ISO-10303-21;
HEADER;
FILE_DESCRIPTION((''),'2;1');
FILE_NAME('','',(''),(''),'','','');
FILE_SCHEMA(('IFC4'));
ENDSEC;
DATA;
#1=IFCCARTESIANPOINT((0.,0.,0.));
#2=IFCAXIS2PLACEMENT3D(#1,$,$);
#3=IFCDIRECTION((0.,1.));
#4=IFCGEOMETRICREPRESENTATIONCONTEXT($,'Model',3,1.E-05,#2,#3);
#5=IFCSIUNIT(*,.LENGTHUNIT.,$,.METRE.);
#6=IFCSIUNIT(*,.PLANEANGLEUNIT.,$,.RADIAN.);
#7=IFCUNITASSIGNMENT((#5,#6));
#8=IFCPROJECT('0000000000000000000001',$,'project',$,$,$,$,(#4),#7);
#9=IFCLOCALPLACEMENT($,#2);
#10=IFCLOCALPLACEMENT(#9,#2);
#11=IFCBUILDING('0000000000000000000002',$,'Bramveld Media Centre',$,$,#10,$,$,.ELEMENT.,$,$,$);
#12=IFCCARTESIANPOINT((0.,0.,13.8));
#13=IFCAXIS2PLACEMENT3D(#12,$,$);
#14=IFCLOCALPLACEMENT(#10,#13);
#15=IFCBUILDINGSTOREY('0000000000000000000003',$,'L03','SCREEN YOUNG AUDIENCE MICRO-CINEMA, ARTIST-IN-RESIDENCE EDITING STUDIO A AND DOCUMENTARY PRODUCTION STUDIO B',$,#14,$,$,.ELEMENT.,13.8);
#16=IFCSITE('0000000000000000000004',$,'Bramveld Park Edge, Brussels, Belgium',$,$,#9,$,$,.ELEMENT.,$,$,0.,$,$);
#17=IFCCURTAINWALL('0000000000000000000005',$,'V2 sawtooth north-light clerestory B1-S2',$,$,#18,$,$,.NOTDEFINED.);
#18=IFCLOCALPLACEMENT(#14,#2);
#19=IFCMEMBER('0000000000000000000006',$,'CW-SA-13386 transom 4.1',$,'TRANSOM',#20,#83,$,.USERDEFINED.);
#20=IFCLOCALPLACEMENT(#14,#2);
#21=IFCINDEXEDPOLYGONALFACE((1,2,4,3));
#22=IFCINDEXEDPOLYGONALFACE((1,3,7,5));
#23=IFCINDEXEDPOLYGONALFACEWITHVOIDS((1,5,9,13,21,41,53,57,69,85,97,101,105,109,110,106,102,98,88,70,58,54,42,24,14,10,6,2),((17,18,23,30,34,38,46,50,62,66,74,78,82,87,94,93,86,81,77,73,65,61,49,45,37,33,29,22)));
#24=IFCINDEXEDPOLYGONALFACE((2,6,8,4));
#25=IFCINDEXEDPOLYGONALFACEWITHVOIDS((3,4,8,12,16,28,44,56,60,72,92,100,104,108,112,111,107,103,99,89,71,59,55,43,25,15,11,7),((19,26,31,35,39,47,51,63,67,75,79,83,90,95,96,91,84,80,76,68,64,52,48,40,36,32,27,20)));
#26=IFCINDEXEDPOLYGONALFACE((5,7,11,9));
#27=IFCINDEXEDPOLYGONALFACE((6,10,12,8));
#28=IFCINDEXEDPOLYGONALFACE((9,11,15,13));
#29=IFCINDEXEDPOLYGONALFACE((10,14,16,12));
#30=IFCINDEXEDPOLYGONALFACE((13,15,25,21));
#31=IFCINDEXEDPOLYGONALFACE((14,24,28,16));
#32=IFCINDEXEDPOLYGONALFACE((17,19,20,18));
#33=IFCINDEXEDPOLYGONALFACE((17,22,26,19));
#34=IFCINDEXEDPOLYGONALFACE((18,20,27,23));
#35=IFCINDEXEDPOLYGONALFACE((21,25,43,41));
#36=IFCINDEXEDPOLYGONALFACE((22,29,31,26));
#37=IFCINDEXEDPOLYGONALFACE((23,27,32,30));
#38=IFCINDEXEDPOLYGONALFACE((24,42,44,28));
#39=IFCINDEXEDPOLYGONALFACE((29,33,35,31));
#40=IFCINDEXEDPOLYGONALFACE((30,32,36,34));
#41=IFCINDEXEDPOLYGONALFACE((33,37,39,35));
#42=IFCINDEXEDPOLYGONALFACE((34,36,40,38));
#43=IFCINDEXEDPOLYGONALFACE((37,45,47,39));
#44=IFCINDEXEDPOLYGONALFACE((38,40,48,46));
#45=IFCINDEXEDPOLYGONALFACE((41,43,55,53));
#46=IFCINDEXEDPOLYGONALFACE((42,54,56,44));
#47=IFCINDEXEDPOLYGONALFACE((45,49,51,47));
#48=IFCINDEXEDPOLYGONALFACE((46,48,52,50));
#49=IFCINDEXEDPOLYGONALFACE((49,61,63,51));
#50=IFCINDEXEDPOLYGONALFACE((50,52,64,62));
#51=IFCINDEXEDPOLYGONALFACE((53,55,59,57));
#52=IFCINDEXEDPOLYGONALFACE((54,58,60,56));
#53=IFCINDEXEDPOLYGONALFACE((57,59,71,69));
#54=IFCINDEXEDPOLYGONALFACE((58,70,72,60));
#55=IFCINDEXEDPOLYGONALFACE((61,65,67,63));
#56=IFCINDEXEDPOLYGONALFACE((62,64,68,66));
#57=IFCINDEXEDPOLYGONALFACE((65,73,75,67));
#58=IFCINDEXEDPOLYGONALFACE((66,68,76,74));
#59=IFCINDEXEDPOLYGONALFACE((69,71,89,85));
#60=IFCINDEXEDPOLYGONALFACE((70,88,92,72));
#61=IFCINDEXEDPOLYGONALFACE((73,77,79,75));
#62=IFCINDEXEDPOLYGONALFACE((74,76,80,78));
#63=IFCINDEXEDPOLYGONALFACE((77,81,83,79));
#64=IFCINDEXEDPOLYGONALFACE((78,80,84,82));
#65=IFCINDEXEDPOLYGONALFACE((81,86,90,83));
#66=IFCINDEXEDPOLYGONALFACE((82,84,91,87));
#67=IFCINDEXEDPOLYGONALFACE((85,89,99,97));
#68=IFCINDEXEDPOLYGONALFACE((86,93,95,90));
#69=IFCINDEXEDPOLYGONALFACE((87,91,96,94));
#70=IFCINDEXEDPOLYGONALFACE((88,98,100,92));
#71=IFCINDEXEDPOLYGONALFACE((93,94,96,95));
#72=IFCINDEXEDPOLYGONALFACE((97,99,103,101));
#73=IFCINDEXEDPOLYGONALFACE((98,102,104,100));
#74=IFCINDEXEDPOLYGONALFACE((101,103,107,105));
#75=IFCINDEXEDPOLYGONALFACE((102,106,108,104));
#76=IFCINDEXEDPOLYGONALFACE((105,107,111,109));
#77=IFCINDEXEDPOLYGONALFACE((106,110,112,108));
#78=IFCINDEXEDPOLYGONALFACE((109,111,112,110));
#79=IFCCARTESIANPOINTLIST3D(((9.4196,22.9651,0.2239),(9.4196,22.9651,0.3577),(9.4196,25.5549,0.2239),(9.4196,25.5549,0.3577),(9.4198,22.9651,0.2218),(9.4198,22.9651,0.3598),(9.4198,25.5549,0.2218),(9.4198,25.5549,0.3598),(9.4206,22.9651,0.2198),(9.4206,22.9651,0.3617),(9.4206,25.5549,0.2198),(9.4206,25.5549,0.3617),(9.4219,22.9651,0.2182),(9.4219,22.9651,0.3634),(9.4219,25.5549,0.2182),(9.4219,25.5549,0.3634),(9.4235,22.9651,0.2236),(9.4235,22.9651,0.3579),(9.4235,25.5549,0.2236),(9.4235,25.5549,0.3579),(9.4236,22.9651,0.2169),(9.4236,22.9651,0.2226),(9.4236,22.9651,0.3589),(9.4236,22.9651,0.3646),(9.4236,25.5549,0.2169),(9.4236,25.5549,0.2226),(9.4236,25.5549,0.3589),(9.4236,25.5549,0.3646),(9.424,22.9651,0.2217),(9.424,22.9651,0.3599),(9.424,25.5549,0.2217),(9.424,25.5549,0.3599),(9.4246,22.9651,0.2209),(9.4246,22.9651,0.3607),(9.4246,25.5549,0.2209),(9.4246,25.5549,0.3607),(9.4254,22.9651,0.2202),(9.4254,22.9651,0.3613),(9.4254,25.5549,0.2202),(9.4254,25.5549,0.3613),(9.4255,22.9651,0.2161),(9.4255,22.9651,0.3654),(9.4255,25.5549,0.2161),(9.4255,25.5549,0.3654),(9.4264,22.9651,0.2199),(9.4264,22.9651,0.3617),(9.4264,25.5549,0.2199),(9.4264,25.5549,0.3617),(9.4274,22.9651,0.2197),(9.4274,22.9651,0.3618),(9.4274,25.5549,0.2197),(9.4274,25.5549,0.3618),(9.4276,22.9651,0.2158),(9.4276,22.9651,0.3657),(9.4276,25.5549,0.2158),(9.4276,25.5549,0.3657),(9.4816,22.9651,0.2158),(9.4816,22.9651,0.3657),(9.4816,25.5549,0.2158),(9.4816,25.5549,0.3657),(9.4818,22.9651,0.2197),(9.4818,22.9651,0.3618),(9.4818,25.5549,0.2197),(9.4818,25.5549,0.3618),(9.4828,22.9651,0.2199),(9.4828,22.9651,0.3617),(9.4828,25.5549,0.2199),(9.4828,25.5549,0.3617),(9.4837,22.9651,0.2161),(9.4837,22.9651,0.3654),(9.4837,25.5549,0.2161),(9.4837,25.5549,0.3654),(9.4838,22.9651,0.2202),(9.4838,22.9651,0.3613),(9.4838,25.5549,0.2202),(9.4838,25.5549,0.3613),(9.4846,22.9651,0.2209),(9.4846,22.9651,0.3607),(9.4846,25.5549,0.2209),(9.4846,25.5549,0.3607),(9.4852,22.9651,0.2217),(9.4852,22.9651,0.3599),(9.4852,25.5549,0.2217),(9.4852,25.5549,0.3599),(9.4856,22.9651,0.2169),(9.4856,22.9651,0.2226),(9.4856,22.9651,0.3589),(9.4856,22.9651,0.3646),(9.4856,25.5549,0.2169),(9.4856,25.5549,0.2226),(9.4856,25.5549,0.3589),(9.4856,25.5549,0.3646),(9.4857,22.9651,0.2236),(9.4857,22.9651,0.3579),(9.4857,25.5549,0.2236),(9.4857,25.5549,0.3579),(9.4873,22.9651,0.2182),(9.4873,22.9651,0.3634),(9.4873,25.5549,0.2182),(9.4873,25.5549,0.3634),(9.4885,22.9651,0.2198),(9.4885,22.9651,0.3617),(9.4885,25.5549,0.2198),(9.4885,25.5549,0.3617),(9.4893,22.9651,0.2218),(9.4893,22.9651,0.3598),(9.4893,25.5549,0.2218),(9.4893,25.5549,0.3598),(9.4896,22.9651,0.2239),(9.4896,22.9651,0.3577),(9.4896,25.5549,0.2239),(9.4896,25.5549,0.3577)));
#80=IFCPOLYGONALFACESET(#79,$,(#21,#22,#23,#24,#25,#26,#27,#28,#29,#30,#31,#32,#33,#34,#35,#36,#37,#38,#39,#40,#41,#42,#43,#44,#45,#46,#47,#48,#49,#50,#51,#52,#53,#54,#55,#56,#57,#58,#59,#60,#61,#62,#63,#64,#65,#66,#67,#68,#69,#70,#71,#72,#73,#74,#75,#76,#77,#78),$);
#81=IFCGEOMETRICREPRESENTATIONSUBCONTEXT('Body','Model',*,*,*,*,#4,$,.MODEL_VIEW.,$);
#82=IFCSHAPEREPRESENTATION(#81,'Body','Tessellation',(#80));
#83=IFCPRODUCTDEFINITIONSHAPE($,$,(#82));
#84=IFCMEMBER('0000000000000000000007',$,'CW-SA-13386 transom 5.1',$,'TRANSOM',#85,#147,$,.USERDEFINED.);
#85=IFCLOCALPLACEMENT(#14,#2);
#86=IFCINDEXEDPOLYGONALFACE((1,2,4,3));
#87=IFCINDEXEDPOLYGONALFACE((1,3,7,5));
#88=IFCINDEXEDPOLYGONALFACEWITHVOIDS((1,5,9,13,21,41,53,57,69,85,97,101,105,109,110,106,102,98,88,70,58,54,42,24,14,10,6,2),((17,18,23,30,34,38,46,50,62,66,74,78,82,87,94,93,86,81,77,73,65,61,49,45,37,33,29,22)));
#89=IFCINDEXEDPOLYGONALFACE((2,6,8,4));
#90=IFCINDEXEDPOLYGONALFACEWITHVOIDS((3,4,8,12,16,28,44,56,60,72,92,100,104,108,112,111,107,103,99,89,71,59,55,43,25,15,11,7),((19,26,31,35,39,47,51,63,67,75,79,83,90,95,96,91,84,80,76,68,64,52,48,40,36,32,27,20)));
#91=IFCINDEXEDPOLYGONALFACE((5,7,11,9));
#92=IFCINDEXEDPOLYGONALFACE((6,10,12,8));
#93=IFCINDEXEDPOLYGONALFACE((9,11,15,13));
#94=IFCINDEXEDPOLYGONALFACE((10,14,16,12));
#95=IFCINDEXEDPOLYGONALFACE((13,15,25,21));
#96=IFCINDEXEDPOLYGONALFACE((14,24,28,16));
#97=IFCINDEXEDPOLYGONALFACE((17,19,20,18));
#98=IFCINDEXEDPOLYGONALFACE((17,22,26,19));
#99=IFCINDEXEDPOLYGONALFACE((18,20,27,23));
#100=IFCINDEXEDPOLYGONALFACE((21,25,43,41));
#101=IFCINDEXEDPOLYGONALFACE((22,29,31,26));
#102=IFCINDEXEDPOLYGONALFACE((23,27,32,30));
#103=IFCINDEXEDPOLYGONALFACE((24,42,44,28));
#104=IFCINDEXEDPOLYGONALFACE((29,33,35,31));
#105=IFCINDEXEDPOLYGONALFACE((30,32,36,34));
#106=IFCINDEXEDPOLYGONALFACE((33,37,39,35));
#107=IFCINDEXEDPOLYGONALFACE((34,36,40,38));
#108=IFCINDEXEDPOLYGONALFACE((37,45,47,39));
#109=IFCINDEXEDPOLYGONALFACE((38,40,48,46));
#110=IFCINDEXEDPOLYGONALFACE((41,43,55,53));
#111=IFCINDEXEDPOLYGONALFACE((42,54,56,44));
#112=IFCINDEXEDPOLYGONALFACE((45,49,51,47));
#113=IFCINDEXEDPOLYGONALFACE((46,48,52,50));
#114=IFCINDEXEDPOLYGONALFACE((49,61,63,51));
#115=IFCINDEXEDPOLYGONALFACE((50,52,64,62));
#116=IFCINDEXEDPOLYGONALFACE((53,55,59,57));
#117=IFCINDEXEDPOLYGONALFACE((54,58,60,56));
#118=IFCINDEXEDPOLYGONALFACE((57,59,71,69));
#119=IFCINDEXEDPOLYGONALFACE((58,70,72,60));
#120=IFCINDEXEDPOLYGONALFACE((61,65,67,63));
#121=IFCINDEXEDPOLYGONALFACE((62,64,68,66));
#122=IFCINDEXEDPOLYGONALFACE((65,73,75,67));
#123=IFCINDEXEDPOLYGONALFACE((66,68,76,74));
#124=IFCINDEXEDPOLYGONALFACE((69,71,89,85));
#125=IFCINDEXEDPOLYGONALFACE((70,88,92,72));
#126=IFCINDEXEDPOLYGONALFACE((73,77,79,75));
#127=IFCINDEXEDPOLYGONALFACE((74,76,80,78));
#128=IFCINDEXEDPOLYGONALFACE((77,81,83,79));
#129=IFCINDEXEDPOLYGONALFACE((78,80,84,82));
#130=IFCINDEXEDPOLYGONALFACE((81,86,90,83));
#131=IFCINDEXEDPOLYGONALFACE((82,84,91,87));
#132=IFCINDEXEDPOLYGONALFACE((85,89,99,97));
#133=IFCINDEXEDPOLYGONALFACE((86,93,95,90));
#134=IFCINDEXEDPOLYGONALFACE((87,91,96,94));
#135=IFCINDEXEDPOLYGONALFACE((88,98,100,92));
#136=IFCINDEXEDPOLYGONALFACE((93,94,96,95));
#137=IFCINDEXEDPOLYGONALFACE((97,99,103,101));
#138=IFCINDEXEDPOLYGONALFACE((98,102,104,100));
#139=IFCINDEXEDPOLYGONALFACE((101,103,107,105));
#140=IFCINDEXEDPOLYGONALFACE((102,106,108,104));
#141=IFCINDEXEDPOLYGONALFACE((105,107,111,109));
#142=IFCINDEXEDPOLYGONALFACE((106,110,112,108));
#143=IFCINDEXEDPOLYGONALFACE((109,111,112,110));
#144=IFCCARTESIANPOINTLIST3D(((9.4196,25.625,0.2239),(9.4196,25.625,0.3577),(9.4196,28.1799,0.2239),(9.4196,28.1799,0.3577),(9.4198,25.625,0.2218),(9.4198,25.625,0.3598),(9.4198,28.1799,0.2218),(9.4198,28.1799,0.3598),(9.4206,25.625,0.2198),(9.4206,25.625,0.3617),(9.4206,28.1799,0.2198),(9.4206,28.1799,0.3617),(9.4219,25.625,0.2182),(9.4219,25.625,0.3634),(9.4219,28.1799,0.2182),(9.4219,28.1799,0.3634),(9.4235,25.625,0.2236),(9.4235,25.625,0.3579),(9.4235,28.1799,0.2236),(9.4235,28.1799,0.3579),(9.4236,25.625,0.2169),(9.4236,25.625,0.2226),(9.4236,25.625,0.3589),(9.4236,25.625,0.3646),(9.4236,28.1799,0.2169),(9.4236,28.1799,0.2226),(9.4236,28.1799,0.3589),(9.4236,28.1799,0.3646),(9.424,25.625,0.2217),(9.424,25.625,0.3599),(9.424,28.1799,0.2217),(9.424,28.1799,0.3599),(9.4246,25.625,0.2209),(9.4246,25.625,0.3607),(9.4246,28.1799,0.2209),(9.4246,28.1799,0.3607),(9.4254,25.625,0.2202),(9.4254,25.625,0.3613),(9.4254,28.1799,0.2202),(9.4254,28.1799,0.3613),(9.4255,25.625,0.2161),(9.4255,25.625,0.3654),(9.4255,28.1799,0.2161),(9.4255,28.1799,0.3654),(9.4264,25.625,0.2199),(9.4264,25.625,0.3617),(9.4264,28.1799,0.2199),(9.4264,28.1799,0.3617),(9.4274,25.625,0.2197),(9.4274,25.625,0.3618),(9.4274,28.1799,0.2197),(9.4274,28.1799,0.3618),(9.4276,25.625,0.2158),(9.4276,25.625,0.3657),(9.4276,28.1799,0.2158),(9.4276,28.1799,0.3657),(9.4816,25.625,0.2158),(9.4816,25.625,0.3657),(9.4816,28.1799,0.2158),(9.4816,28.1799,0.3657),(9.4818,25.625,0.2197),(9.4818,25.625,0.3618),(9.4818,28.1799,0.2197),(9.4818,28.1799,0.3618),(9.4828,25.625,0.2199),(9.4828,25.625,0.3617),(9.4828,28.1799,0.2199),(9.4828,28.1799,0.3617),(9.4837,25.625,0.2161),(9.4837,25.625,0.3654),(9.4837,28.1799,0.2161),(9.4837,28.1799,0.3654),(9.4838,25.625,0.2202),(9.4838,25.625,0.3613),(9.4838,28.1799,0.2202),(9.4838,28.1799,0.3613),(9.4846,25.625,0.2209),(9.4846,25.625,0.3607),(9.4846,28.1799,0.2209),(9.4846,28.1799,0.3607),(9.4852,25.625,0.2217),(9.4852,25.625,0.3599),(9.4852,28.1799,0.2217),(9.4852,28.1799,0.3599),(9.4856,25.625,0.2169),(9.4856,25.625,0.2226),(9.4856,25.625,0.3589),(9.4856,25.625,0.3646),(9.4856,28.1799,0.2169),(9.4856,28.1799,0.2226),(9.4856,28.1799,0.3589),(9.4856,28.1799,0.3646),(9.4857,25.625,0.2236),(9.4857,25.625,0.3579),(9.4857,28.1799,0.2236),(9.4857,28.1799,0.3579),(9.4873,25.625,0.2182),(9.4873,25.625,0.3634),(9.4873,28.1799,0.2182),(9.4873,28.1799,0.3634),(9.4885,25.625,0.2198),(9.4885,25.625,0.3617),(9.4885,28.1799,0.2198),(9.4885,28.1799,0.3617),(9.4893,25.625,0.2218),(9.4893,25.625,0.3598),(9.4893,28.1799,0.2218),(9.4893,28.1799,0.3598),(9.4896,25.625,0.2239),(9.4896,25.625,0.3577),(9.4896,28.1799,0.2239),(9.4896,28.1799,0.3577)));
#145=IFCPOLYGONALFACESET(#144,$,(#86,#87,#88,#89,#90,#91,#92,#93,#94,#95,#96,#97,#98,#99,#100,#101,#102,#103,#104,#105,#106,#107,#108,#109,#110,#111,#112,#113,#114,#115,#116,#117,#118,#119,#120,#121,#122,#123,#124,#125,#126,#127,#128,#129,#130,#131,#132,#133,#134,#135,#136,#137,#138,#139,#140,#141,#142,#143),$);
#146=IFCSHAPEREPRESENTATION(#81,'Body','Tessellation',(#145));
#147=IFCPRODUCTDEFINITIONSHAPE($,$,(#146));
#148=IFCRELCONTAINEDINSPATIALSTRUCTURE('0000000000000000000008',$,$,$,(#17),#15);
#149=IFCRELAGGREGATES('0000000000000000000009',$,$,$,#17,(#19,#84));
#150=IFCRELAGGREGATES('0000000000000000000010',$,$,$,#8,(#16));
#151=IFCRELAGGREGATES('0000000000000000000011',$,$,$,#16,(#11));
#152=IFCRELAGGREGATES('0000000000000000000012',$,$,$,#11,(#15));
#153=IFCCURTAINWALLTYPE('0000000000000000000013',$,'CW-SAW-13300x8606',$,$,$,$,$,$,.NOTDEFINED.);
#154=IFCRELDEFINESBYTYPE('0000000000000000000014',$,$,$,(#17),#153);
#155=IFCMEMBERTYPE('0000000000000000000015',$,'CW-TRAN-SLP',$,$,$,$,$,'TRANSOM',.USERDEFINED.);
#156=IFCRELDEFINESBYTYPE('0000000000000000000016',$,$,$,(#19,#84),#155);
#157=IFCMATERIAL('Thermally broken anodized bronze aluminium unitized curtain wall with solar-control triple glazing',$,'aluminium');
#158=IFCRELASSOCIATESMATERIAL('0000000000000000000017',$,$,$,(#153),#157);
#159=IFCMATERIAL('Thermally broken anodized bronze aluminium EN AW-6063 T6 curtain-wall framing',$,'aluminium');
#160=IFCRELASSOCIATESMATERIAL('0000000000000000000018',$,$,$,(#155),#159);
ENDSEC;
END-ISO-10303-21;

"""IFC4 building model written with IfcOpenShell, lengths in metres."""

from ifc_helpers import new_model, si_unit, direction, frame, origin, origin_2d, place, context, subcontext, project, spatial, hollow_rectangle, extrude, material, material_profile, profile_set, type_object, element, aggregate, save


model = new_model("IFC4")

# Units and contexts
model_context = context("Model", 3, precision=1e-05, world=origin(), true_north=direction((0.0, 1.0)))
body_context = subcontext(model_context, "Body", "Model", "MODEL_VIEW")
ifc_project = project(units=[si_unit("LENGTHUNIT", "METRE"), si_unit("PLANEANGLEUNIT", "RADIAN")], contexts=[model_context])

# Site, building, storey
site_placement = place(None, origin())
site = spatial("IfcSite", under=ifc_project, at=site_placement, Name="Bramveld Park Edge, Brussels, Belgium", CompositionType="ELEMENT", RefElevation=0.0)
building_placement = place(site_placement, origin())
building = spatial("IfcBuilding", under=site, at=building_placement, Name="Bramveld Media Centre", CompositionType="ELEMENT")
storey_placement = place(building_placement, frame((0.0, 0.0, 13.8)))
storey = spatial("IfcBuildingStorey", under=building, at=storey_placement, Name="L03", Description="SCREEN YOUNG AUDIENCE MICRO-CINEMA, ARTIST-IN-RESIDENCE EDITING STUDIO A AND DOCUMENTARY PRODUCTION STUDIO B", CompositionType="ELEMENT", Elevation=13.8)

# Curtain wall, members
ifc_material_1 = material(Name="Thermally broken anodized bronze aluminium unitized curtain wall with solar-control triple glazing", Category="aluminium")
curtain_wall_type = type_object("IfcCurtainWallType", Name="CW-SAW-13300x8606", PredefinedType="NOTDEFINED", material=ifc_material_1)
curtain_wall_1_placement = place(storey_placement, origin())
curtain_wall_1 = element("IfcCurtainWall", 1, at=curtain_wall_1_placement, inside=storey, type_object=curtain_wall_type, Name="V2 sawtooth north-light clerestory B1-S2", PredefinedType="NOTDEFINED")
ifc_material_2 = material(Name="Thermally broken anodized bronze aluminium EN AW-6063 T6 curtain-wall framing", Category="aluminium")
ifc_material_profile_1 = material_profile(ifc_material_2, hollow_rectangle(XDim=0.0701, YDim=0.1499, WallThickness=0.0039, InnerFilletRadius=0.0039, OuterFilletRadius=0.0081, at=origin_2d()), Name="AL-TRAN 70x150")
ifc_profile_set_1 = profile_set([ifc_material_profile_1], Name="Thermally broken anodized bronze aluminium EN AW-6063 T6 curtain-wall framing")
member_type_1 = type_object("IfcMemberType", Name="CW-TRAN-SLP", ElementType="TRANSOM", PredefinedType="USERDEFINED", material=ifc_profile_set_1)
member_1_placement = place(storey_placement, frame((9.4546, 22.9651, 0.2908), z_axis=(0.0, 1.0, 0.0), x_axis=(-1.0, 0.0, 0.0)))
member_1 = element("IfcMember", 2, at=member_1_placement, type_object=member_type_1, Name="CW-SA-13386 transom 4.1", ObjectType="TRANSOM", PredefinedType="USERDEFINED", context=body_context, shape_type="SweptSolid", body=[
    extrude(hollow_rectangle(XDim=0.0701, YDim=0.1499, WallThickness=0.0039, InnerFilletRadius=0.0039, OuterFilletRadius=0.0081, at=origin_2d()), origin(), (0.0, 0.0, 1.0), 2.5898),
])
member_2_placement = place(storey_placement, frame((9.4546, 25.625, 0.2908), z_axis=(0.0, 1.0, 0.0), x_axis=(-1.0, 0.0, 0.0)))
member_2 = element("IfcMember", 3, at=member_2_placement, type_object=member_type_1, Name="CW-SA-13386 transom 5.1", ObjectType="TRANSOM", PredefinedType="USERDEFINED", context=body_context, shape_type="SweptSolid", body=[
    extrude(hollow_rectangle(XDim=0.0701, YDim=0.1499, WallThickness=0.0039, InnerFilletRadius=0.0039, OuterFilletRadius=0.0081, at=origin_2d()), origin(), (0.0, 0.0, 1.0), 2.5549),
])
aggregate(curtain_wall_1, [member_1, member_2])

save(model, "model.ifc")
